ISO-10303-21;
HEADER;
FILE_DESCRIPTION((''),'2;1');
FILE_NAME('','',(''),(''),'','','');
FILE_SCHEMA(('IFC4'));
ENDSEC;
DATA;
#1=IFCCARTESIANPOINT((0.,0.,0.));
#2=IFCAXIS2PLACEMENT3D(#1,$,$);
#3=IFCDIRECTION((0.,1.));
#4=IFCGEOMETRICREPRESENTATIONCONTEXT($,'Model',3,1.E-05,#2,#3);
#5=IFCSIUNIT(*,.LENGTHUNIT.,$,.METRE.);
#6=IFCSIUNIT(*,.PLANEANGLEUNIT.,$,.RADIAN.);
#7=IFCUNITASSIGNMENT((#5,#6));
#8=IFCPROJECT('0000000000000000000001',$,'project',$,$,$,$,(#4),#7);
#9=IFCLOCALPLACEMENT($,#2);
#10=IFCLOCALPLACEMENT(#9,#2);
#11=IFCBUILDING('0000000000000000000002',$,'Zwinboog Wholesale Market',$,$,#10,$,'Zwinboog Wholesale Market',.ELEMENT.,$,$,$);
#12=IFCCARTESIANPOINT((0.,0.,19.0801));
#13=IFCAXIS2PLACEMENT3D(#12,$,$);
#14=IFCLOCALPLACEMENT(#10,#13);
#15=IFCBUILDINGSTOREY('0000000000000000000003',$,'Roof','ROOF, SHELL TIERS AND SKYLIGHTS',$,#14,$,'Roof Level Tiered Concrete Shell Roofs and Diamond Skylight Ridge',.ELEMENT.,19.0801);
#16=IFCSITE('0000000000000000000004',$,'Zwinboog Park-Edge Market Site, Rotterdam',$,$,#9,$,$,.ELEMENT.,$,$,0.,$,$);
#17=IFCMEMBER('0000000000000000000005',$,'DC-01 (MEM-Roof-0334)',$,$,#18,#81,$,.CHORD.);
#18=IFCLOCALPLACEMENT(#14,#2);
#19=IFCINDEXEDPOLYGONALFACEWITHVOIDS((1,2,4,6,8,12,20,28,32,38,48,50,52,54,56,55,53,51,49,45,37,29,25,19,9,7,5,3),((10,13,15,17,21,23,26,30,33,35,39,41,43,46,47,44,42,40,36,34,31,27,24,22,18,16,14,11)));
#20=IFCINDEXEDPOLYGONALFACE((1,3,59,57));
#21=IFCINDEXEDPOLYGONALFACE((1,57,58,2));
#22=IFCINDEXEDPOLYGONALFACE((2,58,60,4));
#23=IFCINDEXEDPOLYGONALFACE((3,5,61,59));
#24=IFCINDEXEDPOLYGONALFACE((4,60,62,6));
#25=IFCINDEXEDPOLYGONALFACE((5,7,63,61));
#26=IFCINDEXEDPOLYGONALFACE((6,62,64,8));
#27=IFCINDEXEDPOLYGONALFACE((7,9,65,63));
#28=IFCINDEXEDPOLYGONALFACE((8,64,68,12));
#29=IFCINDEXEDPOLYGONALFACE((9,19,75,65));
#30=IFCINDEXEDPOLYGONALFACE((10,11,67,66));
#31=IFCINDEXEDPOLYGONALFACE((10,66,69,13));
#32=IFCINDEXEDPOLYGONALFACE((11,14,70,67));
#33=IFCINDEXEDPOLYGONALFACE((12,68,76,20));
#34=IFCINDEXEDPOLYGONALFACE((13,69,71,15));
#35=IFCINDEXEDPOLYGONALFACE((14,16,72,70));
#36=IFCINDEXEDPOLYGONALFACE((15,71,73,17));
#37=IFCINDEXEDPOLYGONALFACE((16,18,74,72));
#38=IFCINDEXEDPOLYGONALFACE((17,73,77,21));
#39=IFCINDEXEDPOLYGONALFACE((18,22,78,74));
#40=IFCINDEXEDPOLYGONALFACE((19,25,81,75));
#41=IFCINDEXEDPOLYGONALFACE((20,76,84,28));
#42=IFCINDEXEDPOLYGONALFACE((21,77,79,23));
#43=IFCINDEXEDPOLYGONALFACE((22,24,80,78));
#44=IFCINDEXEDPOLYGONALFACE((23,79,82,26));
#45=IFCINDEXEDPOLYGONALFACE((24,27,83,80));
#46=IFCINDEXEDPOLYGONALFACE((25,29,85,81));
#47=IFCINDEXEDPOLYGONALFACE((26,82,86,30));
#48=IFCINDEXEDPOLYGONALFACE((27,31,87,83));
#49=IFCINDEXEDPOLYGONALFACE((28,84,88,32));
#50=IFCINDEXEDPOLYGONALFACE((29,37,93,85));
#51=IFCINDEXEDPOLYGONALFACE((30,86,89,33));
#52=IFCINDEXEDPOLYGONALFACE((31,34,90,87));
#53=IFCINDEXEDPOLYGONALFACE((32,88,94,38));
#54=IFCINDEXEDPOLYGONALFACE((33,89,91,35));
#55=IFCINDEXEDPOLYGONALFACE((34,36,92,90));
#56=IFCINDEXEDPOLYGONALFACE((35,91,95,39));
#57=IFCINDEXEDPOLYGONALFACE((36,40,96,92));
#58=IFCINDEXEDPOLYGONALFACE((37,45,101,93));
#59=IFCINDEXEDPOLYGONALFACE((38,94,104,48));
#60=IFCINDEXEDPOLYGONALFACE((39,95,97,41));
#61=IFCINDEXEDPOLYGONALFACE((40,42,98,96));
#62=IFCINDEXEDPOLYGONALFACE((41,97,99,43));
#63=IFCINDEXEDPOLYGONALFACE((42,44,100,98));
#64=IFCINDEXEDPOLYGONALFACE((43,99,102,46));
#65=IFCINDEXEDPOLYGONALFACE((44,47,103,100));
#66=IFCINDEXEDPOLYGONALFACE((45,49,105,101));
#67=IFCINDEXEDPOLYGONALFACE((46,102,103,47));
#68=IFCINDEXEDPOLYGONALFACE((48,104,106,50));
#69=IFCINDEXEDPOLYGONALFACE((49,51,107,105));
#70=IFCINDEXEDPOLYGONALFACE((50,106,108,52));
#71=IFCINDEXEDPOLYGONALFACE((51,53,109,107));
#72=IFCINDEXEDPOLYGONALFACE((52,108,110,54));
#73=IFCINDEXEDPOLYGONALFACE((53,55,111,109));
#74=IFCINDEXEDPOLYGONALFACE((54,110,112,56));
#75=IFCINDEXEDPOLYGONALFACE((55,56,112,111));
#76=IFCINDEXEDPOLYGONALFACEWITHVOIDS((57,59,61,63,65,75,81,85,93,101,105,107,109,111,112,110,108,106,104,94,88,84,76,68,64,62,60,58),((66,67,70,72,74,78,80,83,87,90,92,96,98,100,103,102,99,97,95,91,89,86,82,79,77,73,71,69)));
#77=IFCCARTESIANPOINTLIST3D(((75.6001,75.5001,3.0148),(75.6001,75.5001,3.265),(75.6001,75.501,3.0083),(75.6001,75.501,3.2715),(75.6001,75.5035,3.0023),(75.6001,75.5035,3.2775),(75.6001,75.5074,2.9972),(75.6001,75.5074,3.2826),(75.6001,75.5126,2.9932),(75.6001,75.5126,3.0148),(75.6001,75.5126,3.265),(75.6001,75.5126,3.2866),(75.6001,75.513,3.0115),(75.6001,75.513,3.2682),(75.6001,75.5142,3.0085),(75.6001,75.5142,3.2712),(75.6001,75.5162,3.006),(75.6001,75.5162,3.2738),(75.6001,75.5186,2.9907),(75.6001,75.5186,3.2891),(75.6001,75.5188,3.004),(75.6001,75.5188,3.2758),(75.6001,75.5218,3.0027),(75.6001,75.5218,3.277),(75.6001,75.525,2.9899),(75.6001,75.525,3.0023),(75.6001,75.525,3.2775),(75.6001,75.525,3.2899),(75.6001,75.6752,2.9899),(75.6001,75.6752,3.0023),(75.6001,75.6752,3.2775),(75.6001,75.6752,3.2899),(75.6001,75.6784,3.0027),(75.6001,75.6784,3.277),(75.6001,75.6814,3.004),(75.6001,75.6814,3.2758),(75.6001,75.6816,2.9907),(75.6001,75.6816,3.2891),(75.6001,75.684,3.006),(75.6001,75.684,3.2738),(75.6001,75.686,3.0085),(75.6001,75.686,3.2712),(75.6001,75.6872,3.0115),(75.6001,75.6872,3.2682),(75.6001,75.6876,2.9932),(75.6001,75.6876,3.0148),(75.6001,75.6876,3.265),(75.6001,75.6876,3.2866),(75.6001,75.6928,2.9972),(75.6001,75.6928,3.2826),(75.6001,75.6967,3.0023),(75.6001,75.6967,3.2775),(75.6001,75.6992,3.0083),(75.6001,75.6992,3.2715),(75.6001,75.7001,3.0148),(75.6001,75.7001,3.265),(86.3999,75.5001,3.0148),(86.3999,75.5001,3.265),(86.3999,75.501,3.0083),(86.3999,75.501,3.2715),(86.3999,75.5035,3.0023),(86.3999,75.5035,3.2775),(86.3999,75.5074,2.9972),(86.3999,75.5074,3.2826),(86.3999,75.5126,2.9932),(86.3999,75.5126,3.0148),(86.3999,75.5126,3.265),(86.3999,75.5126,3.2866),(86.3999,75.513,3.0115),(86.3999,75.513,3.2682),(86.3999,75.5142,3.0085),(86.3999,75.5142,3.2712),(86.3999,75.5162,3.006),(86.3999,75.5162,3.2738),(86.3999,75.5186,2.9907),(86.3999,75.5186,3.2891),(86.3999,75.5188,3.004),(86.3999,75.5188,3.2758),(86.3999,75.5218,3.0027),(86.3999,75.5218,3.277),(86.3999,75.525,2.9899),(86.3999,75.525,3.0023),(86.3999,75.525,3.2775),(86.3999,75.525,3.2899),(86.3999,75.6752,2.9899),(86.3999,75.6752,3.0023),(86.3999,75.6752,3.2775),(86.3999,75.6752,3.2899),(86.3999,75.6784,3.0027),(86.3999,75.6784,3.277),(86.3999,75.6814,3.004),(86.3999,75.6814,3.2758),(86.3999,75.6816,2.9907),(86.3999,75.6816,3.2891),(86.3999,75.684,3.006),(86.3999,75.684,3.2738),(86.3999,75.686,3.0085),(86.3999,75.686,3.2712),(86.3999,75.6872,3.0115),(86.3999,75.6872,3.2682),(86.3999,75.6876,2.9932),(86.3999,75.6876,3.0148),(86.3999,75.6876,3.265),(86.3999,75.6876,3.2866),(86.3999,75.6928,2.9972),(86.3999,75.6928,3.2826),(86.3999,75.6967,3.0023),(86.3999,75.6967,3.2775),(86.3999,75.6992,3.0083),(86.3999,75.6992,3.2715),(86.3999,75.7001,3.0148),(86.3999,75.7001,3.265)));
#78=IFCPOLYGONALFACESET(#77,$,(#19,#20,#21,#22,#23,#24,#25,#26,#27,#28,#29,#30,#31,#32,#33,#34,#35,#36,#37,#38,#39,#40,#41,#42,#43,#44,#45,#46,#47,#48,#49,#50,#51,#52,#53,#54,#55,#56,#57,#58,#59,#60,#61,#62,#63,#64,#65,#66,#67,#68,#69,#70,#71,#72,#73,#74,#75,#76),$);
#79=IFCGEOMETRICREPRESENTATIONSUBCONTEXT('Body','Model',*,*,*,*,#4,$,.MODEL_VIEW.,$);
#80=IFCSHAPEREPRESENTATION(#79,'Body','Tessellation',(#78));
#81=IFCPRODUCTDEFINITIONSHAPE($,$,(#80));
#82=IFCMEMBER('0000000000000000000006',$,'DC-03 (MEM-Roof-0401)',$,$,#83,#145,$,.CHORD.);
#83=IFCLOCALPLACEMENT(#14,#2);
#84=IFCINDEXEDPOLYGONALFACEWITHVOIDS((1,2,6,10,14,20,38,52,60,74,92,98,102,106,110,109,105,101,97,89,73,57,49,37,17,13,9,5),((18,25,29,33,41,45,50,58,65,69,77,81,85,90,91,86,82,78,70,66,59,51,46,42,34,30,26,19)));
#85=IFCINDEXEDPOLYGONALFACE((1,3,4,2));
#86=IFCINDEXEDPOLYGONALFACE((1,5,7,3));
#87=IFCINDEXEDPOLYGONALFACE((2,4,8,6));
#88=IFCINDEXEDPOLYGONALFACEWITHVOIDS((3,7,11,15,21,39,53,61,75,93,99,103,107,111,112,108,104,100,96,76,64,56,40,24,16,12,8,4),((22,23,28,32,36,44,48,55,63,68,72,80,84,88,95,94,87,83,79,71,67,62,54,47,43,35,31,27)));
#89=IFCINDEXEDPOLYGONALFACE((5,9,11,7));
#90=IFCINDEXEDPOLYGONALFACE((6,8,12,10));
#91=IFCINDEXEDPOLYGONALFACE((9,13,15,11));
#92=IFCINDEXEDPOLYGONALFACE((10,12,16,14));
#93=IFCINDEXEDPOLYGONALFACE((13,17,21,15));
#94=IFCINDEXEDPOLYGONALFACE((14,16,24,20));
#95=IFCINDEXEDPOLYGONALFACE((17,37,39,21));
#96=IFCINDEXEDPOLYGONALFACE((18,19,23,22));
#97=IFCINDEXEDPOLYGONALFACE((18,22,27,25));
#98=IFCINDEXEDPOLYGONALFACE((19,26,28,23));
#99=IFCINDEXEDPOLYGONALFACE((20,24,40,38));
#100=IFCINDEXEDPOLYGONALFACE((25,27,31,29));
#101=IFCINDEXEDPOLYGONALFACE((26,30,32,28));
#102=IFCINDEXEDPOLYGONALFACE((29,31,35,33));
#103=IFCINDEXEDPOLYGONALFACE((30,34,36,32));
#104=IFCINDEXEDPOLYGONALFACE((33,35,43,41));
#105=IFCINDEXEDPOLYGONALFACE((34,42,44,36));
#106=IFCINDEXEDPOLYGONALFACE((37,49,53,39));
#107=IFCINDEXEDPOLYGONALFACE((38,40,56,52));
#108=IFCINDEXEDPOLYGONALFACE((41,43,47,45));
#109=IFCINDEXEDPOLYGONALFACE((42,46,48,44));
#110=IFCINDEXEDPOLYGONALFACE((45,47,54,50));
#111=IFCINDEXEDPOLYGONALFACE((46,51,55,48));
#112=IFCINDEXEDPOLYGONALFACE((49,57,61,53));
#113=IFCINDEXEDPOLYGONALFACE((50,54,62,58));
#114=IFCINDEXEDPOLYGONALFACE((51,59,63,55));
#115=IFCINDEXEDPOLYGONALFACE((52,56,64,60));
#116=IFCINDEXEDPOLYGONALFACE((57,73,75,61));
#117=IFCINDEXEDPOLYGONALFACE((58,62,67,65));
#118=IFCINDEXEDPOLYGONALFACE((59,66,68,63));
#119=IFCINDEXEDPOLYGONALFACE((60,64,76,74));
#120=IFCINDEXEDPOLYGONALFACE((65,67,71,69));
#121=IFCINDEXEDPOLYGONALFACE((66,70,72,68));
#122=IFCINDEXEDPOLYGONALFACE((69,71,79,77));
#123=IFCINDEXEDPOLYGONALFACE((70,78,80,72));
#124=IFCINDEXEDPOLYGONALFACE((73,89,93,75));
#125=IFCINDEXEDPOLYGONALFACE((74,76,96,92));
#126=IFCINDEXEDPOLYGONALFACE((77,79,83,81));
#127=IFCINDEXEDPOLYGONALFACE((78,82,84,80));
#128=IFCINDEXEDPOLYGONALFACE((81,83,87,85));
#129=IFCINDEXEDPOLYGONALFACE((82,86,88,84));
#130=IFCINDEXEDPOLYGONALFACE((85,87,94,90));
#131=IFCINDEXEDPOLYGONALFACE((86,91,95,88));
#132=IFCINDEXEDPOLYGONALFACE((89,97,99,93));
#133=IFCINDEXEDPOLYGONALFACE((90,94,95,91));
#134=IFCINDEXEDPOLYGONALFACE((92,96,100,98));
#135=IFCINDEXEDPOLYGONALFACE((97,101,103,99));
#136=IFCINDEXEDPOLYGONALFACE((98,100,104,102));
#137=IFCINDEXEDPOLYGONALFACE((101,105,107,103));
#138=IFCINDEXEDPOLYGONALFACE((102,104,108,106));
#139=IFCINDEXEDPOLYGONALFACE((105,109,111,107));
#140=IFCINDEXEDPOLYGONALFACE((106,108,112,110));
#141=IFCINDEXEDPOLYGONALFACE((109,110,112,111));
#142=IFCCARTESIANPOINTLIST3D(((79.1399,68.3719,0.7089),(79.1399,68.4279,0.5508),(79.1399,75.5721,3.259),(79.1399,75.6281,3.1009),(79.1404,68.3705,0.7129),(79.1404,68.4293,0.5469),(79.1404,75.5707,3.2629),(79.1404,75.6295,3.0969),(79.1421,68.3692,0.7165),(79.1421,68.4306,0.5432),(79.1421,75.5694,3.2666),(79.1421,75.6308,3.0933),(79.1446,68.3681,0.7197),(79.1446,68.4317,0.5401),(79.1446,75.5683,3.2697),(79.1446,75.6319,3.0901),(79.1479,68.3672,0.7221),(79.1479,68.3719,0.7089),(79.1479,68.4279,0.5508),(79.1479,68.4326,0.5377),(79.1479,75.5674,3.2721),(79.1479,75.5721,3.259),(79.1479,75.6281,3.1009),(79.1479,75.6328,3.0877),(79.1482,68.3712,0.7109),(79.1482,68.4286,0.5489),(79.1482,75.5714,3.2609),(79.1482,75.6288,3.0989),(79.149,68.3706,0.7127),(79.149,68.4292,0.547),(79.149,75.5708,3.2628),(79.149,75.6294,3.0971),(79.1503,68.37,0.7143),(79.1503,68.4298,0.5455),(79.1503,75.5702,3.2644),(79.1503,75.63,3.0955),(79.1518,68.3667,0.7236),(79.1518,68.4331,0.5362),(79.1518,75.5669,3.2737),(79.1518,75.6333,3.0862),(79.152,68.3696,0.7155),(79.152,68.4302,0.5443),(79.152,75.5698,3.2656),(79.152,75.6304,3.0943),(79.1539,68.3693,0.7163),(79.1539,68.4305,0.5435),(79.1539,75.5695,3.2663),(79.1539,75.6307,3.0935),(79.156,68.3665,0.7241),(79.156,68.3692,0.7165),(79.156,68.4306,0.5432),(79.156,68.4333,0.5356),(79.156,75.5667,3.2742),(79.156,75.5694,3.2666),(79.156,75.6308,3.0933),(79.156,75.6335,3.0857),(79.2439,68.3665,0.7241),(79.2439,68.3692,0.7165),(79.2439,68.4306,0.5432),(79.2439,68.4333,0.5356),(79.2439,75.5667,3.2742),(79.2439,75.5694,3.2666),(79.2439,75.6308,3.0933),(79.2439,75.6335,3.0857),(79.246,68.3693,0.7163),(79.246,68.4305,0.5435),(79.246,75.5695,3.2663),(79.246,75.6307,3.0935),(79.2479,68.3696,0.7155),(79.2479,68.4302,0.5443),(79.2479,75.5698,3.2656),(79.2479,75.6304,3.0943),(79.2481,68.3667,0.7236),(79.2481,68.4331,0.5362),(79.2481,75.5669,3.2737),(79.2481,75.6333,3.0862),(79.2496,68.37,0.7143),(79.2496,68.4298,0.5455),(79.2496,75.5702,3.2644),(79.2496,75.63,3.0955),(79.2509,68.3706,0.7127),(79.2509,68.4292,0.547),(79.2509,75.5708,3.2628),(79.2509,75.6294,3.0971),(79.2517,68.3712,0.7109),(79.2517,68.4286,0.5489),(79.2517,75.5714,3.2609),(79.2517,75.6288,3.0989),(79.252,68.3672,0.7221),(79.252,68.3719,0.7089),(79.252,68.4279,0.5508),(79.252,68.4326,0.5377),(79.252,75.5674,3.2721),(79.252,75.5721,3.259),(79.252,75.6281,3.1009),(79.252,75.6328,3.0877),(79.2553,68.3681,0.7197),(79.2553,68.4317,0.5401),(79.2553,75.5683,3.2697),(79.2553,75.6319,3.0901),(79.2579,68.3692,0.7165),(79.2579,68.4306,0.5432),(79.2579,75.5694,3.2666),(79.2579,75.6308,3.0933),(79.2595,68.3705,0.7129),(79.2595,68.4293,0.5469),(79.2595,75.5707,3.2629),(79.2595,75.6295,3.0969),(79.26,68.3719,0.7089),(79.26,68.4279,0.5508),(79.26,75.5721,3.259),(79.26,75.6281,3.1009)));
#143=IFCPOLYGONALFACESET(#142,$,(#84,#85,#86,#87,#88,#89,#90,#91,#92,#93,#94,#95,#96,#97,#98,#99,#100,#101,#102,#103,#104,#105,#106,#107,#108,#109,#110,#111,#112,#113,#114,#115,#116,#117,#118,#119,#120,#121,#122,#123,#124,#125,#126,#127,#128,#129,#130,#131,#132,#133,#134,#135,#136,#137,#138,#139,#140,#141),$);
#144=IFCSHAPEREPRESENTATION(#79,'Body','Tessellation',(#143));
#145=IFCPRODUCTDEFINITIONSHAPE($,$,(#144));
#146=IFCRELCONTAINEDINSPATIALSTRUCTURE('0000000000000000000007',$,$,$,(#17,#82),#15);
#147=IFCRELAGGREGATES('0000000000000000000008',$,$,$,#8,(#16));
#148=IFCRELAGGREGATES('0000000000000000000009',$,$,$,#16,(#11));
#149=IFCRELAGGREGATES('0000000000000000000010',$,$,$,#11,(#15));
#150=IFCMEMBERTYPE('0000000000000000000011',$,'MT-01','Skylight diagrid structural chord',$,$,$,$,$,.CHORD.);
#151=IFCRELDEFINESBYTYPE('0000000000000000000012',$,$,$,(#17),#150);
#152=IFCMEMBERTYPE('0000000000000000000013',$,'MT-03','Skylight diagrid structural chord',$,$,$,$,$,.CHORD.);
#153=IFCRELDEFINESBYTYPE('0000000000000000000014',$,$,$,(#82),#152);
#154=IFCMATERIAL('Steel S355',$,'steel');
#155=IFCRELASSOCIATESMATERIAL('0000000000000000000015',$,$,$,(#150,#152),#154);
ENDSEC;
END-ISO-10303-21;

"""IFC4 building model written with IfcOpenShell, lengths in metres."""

from ifc_helpers import new_model, si_unit, direction, frame, origin, origin_2d, place, context, subcontext, project, spatial, hollow_rectangle, extrude, material, material_profile, profile_set, type_object, element, save


model = new_model("IFC4")

# Units and contexts
model_context = context("Model", 3, precision=1e-05, world=origin(), true_north=direction((0.0, 1.0)))
body_context = subcontext(model_context, "Body", "Model", "MODEL_VIEW")
ifc_project = project(units=[si_unit("LENGTHUNIT", "METRE"), si_unit("PLANEANGLEUNIT", "RADIAN")], contexts=[model_context])

# Site, building, storey
site_placement = place(None, origin())
site = spatial("IfcSite", under=ifc_project, at=site_placement, Name="Zwinboog Park-Edge Market Site, Rotterdam", CompositionType="ELEMENT", RefElevation=0.0)
building_placement = place(site_placement, origin())
building = spatial("IfcBuilding", under=site, at=building_placement, Name="Zwinboog Wholesale Market", LongName="Zwinboog Wholesale Market", CompositionType="ELEMENT")
storey_placement = place(building_placement, frame((0.0, 0.0, 19.0801)))
storey = spatial("IfcBuildingStorey", under=building, at=storey_placement, Name="Roof", Description="ROOF, SHELL TIERS AND SKYLIGHTS", LongName="Roof Level Tiered Concrete Shell Roofs and Diamond Skylight Ridge", CompositionType="ELEMENT", Elevation=19.0801)

# Members
ifc_material_1 = material(Name="Steel S355", Category="steel")
ifc_material_profile_1 = material_profile(ifc_material_1, hollow_rectangle(XDim=0.2, YDim=0.3, WallThickness=0.0125, InnerFilletRadius=0.0125, OuterFilletRadius=0.0249, at=origin_2d()), Name="RHS 300x200x12.5")
ifc_profile_set_1 = profile_set([ifc_material_profile_1], Name="Steel S355")
member_type_1 = type_object("IfcMemberType", Name="MT-01", Description="Skylight diagrid structural chord", PredefinedType="CHORD", material=ifc_profile_set_1)
member_1_placement = place(storey_placement, frame((75.6001, 75.6001, 3.1399), z_axis=(1.0, 0.0, 0.0), x_axis=(0.0, 1.0, 0.0)))
element("IfcMember", 1, at=member_1_placement, inside=storey, type_object=member_type_1, Name="DC-01 (MEM-Roof-0334)", PredefinedType="CHORD", context=body_context, shape_type="SweptSolid", body=[
    extrude(hollow_rectangle(XDim=0.2, YDim=0.3, WallThickness=0.0125, InnerFilletRadius=0.0125, OuterFilletRadius=0.0249, at=origin_2d()), origin(), (0.0, 0.0, 1.0), 10.7998),
])
ifc_material_profile_2 = material_profile(ifc_material_1, hollow_rectangle(XDim=0.1201, YDim=0.2, WallThickness=0.0081, InnerFilletRadius=0.0081, OuterFilletRadius=0.0161, at=origin_2d()), Name="RHS 200x120x8")
ifc_profile_set_2 = profile_set([ifc_material_profile_2], Name="Steel S355")
member_type_2 = type_object("IfcMemberType", Name="MT-03", Description="Skylight diagrid structural chord", PredefinedType="CHORD", material=ifc_profile_set_2)
for number, where, z_axis, x_axis, name in (
    (2, (79.2, 68.3999, 0.6299), (0.0, 0.942628, 0.333845), (-1.0, 0.0, 0.0), "DC-03 (MEM-Roof-0401)"),
):
    element("IfcMember", number, at=place(storey_placement, frame(where, z_axis=z_axis, x_axis=x_axis)), inside=storey, type_object=member_type_2, Name=name, PredefinedType="CHORD", context=body_context, shape_type="SweptSolid", body=[
        extrude(hollow_rectangle(XDim=0.1201, YDim=0.2, WallThickness=0.0081, InnerFilletRadius=0.0081, OuterFilletRadius=0.0161, at=origin_2d()), origin(), (0.0, 0.0, 1.0), 7.6384),
    ])

save(model, "model.ifc")
